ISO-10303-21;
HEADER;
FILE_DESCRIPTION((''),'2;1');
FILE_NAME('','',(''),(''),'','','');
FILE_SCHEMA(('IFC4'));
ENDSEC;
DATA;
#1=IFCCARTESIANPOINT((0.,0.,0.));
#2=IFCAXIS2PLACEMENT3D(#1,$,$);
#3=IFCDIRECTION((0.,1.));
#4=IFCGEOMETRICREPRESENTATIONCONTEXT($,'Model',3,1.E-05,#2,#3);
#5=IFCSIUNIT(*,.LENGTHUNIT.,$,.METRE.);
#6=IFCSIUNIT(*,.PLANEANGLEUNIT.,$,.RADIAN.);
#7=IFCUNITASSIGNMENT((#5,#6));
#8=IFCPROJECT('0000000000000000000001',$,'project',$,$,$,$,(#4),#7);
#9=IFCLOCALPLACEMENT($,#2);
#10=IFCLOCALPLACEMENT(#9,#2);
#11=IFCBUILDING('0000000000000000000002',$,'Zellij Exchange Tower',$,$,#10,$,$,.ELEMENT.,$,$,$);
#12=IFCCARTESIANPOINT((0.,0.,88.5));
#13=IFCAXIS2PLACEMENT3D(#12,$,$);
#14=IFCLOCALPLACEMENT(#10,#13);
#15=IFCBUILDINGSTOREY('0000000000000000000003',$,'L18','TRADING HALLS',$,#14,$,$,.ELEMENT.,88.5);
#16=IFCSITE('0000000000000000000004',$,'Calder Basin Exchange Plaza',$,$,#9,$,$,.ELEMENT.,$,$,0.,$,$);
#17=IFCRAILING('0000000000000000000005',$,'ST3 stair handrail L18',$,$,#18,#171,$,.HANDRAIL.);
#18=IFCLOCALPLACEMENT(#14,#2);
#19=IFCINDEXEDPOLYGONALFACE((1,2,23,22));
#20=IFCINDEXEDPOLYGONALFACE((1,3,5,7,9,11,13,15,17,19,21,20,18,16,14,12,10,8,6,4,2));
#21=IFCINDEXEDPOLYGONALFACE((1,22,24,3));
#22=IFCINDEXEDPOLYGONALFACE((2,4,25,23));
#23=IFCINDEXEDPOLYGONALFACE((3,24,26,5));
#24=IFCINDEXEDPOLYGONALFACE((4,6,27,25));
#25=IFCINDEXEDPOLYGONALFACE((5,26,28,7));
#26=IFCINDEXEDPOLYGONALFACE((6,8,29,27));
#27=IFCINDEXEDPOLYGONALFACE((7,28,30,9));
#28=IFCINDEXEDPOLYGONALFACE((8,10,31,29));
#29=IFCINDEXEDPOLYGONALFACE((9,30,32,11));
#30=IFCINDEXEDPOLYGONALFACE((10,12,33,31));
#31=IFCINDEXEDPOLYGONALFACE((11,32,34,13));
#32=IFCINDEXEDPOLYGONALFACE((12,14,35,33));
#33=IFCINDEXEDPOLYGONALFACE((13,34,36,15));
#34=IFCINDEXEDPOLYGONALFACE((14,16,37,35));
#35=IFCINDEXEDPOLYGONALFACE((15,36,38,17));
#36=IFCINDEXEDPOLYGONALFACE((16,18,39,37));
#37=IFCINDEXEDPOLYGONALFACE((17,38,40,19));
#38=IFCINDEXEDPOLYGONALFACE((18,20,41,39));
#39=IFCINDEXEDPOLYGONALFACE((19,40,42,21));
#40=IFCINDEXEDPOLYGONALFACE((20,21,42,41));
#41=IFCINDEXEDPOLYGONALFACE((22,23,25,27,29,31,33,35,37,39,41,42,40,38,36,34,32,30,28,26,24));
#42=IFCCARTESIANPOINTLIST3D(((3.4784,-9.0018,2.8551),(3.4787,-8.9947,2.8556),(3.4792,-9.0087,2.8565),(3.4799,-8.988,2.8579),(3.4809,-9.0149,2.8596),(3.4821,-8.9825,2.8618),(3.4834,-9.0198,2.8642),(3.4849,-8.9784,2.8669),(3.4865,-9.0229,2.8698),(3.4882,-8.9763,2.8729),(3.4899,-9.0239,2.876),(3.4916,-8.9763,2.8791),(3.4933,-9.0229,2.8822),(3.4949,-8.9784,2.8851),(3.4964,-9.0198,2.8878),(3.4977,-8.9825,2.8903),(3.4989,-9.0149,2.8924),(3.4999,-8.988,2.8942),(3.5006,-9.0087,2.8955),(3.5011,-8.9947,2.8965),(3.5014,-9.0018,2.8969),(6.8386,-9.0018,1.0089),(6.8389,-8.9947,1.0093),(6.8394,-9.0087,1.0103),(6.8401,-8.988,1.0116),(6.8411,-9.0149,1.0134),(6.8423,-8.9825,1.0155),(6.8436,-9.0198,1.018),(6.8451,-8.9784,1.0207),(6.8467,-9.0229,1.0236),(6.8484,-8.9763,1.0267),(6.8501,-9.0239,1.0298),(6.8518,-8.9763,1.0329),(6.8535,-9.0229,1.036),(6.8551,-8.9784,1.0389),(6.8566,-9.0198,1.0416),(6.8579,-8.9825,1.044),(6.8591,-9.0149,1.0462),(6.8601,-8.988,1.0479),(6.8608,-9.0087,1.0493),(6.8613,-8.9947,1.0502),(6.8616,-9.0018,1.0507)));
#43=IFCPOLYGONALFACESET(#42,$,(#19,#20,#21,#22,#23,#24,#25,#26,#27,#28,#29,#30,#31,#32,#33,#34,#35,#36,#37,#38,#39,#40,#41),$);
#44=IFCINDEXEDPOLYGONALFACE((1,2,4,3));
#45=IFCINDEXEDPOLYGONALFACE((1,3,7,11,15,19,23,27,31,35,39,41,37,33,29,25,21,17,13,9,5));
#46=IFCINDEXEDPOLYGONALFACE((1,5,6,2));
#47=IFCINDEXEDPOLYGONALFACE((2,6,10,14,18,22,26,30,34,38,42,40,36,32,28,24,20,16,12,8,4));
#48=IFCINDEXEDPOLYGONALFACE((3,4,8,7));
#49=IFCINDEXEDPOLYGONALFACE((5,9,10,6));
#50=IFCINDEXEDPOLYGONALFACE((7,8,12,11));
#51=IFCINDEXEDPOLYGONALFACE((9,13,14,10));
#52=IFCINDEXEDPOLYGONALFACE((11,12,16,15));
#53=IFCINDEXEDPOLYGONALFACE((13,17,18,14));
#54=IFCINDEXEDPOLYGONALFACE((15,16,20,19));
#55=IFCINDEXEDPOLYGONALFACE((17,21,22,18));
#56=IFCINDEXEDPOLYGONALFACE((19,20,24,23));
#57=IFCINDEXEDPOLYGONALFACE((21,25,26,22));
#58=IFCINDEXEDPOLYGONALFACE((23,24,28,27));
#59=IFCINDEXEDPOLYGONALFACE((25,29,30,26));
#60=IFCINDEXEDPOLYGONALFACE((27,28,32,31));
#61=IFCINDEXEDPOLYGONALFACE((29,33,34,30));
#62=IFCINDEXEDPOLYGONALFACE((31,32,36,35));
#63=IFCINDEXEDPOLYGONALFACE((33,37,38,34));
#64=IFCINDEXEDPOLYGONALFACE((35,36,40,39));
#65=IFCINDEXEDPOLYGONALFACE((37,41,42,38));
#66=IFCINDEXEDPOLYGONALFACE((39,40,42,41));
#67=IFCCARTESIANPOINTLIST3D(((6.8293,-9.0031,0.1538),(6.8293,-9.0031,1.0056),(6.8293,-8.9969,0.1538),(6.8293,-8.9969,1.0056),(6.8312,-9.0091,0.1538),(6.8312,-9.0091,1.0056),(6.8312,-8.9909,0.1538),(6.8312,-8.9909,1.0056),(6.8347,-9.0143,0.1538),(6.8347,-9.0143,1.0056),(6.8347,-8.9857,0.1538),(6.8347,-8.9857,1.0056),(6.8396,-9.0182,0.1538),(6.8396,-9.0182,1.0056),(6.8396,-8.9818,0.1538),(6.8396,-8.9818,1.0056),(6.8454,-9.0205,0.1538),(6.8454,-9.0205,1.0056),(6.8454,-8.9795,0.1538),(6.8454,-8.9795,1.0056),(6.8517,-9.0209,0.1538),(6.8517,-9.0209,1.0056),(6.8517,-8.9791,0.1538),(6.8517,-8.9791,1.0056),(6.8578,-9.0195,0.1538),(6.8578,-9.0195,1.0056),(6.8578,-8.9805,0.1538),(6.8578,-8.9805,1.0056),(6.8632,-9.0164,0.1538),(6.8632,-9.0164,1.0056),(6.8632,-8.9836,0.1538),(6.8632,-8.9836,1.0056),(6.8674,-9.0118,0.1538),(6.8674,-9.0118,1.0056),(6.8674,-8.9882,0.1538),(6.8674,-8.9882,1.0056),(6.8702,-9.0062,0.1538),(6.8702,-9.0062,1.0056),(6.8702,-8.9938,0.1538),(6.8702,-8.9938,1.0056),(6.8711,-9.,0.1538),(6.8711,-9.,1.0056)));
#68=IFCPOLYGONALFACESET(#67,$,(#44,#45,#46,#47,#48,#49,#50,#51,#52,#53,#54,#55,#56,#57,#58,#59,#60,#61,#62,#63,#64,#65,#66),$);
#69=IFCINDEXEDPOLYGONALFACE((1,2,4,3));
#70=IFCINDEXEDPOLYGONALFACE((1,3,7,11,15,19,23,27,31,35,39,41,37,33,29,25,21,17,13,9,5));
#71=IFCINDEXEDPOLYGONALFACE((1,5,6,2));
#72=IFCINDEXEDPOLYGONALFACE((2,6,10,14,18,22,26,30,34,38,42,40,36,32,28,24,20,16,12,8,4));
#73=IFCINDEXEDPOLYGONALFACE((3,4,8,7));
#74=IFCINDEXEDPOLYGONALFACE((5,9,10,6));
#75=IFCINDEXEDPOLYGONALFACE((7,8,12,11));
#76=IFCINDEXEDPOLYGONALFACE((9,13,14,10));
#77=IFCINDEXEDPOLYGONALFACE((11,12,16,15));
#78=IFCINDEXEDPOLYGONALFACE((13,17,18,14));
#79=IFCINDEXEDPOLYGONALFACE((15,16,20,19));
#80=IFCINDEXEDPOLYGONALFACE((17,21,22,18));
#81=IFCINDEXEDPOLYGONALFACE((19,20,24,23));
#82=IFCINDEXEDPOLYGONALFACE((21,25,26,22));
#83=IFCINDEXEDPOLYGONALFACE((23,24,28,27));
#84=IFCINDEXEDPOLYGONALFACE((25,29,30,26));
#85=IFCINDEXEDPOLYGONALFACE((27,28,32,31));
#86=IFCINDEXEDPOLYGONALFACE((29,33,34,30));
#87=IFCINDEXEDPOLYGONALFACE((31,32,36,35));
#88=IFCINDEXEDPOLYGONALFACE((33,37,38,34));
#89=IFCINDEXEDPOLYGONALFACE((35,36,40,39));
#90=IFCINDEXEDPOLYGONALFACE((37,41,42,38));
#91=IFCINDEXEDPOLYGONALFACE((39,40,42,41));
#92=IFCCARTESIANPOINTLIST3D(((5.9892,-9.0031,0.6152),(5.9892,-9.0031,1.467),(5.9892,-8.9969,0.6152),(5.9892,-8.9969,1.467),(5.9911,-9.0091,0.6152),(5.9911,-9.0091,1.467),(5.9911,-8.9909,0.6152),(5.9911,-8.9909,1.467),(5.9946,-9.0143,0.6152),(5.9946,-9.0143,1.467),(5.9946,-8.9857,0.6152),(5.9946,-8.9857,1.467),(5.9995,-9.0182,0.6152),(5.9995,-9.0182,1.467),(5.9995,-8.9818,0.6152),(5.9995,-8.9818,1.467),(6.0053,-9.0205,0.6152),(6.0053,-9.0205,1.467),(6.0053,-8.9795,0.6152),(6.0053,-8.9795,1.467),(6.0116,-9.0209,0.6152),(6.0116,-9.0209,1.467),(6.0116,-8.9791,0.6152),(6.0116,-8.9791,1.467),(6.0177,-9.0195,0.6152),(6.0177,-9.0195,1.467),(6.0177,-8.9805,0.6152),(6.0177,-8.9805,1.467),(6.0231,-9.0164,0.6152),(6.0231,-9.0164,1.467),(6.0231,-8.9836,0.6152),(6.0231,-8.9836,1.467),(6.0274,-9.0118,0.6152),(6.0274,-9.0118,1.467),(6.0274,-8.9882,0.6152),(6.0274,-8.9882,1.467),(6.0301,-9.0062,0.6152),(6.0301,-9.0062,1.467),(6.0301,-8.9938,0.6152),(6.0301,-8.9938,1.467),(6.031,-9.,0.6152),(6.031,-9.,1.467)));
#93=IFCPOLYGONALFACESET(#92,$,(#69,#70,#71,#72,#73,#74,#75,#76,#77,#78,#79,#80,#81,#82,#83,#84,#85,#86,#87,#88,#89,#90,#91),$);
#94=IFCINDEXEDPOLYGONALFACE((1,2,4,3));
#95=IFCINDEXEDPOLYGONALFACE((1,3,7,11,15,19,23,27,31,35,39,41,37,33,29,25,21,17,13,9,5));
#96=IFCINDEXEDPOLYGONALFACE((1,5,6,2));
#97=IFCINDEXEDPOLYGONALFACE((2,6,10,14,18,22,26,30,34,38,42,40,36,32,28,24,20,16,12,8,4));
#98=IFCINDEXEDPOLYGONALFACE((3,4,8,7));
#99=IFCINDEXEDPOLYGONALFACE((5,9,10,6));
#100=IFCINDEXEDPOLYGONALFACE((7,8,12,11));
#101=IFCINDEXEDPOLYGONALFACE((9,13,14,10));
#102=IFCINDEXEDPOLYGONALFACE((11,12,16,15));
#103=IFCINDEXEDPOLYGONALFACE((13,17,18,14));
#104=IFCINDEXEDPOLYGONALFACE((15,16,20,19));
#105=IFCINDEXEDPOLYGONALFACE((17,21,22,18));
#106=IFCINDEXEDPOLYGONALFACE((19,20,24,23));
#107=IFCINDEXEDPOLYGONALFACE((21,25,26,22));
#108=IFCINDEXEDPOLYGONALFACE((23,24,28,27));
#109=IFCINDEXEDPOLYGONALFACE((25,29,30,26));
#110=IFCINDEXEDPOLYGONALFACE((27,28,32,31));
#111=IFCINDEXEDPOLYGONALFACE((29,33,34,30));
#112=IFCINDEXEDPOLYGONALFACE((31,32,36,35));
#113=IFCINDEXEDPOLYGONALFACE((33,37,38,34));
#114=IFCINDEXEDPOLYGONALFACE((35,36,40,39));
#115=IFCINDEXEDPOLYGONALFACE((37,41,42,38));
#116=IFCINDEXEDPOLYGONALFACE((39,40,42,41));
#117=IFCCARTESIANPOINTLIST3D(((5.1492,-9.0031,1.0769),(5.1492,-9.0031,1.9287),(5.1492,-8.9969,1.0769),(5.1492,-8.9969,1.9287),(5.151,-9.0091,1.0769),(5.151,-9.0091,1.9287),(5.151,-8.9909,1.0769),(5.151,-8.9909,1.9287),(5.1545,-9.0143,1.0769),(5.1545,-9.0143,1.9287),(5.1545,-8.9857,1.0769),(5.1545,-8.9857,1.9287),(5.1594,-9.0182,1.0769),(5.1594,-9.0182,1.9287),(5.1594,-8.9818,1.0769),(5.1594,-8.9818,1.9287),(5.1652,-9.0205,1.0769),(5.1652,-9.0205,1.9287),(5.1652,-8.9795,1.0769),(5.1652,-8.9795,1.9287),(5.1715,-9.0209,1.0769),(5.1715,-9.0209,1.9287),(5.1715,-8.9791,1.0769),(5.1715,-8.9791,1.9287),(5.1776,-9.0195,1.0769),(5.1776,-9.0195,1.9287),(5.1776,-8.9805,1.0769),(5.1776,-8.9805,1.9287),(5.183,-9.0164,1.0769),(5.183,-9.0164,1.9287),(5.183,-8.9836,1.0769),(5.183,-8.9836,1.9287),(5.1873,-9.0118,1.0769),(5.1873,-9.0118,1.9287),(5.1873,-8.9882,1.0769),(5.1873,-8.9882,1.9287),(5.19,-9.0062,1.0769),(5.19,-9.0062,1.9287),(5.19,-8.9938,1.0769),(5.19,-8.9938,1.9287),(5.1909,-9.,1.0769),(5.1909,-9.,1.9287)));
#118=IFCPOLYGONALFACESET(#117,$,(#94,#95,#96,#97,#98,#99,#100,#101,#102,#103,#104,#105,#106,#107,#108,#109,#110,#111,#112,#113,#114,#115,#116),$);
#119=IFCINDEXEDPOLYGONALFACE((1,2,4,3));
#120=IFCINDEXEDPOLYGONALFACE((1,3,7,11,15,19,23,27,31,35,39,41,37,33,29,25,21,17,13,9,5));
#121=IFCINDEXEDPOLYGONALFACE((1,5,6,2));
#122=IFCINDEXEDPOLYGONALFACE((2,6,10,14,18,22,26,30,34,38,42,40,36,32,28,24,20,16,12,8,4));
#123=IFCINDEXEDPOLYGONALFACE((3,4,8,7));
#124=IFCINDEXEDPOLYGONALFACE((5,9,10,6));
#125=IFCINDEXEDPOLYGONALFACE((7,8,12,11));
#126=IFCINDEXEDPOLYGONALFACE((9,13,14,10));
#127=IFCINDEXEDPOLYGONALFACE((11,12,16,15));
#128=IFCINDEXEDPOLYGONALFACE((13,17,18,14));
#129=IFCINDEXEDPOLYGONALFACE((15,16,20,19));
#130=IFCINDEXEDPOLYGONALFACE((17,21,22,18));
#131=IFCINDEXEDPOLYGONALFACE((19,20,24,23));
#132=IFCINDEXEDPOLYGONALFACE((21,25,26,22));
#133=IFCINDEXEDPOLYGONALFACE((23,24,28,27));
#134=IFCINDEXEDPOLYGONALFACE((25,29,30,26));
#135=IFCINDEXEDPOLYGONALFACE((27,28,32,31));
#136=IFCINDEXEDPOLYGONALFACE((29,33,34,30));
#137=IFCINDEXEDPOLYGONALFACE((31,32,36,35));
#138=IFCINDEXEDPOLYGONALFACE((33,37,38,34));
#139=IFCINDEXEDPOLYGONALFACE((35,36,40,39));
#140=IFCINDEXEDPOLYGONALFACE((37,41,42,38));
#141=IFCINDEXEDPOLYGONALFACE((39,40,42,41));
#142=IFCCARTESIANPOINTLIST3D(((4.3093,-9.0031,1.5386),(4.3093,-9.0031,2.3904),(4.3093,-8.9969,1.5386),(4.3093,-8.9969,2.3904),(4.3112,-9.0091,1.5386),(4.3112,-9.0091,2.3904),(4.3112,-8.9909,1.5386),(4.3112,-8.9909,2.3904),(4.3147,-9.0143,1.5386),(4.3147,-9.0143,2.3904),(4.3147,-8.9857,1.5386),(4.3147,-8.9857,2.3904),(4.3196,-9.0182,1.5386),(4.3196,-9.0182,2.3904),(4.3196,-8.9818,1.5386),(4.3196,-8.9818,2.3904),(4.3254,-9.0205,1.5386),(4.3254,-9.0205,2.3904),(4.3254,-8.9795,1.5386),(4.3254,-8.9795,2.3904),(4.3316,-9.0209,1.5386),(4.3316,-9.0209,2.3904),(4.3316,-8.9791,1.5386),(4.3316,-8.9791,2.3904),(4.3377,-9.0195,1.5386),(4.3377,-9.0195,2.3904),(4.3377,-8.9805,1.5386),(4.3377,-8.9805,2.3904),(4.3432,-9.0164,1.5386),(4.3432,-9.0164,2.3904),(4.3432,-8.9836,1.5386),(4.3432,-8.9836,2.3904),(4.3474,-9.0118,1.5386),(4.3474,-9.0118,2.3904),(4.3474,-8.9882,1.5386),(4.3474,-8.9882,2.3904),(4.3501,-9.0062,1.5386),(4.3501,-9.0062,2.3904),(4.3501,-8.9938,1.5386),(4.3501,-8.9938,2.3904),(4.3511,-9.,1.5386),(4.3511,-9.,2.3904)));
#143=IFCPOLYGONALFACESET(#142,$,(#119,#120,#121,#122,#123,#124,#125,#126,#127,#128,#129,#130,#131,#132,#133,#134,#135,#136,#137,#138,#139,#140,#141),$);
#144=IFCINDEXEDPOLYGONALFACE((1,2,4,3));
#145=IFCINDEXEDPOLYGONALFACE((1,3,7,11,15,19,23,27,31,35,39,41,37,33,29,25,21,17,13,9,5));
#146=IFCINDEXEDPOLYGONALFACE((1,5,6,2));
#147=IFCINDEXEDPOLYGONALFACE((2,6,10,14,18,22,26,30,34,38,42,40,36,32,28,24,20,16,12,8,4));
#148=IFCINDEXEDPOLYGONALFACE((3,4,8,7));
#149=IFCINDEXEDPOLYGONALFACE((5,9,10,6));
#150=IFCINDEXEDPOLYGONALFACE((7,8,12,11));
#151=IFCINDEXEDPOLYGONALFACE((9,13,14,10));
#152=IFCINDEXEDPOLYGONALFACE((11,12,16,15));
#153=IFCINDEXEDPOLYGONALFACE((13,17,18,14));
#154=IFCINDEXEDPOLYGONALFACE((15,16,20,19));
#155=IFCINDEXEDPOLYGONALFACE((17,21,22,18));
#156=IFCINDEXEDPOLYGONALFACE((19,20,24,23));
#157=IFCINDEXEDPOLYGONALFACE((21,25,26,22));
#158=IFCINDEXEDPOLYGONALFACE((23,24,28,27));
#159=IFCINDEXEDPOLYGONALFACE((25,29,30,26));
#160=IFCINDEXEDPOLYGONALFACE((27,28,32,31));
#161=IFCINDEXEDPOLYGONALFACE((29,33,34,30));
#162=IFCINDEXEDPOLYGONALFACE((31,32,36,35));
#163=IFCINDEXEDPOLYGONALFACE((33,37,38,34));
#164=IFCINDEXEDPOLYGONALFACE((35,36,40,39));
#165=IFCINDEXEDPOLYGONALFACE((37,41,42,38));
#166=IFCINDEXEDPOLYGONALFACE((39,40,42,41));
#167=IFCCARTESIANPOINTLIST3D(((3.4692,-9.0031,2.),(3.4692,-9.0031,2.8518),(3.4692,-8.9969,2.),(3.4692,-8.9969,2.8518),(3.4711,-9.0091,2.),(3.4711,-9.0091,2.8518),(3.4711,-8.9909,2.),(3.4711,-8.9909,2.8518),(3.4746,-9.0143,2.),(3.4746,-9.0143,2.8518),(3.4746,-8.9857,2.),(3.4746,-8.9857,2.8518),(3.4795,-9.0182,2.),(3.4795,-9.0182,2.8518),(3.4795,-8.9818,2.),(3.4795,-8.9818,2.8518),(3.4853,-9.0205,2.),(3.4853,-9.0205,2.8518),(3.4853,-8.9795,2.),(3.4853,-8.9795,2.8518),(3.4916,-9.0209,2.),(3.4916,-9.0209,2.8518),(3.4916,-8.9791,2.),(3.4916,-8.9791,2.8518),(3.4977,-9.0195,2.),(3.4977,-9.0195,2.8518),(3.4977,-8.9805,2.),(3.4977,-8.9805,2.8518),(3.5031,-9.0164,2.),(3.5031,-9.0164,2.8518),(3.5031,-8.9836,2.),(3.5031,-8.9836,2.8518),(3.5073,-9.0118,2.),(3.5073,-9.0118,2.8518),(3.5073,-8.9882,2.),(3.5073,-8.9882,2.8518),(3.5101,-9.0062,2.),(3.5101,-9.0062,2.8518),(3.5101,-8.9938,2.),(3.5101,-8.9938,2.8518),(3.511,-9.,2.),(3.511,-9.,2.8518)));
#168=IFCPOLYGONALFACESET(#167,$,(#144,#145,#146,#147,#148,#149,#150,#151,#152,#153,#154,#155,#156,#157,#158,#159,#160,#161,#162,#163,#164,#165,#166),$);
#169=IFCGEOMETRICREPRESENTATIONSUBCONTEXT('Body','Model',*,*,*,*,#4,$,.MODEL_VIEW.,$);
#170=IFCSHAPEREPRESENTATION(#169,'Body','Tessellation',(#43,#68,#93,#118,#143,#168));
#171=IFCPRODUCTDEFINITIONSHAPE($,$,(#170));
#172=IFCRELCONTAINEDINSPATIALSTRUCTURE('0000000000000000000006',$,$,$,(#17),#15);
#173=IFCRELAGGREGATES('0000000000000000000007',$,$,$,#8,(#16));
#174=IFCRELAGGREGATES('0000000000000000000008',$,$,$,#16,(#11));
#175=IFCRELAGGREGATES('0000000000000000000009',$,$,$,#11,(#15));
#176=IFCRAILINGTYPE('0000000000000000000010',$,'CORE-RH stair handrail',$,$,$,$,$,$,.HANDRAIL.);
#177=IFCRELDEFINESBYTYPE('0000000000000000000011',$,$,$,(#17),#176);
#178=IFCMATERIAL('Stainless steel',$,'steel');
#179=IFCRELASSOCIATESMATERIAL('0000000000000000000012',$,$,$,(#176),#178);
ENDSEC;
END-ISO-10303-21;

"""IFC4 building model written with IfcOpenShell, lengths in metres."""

from ifc_helpers import new_model, si_unit, direction, frame, origin, origin_2d, place, context, subcontext, project, spatial, circle, extrude, material, type_object, element, save


model = new_model("IFC4")

# Units and contexts
model_context = context("Model", 3, precision=1e-05, world=origin(), true_north=direction((0.0, 1.0)))
body_context = subcontext(model_context, "Body", "Model", "MODEL_VIEW")
ifc_project = project(units=[si_unit("LENGTHUNIT", "METRE"), si_unit("PLANEANGLEUNIT", "RADIAN")], contexts=[model_context])

# Site, building, storey
site_placement = place(None, origin())
site = spatial("IfcSite", under=ifc_project, at=site_placement, Name="Calder Basin Exchange Plaza", CompositionType="ELEMENT", RefElevation=0.0)
building_placement = place(site_placement, origin())
building = spatial("IfcBuilding", under=site, at=building_placement, Name="Zellij Exchange Tower", CompositionType="ELEMENT")
storey_placement = place(building_placement, frame((0.0, 0.0, 88.5)))
storey = spatial("IfcBuildingStorey", under=building, at=storey_placement, Name="L18", Description="TRADING HALLS", CompositionType="ELEMENT", Elevation=88.5)

# Railing
ifc_material_1 = material(Name="Stainless steel", Category="steel")
railing_type_1 = type_object("IfcRailingType", Name="CORE-RH stair handrail", PredefinedType="HANDRAIL", material=ifc_material_1)
railing_1_placement = place(storey_placement, frame((6.8501, -9.0, 0.1538)))
element("IfcRailing", 1, at=railing_1_placement, inside=storey, type_object=railing_type_1, Name="ST3 stair handrail L18", PredefinedType="HANDRAIL", context=body_context, shape_type="SweptSolid", body=[
    extrude(circle(Radius=0.0239, at=origin_2d()), frame((0.0, 0.0, 0.876), z_axis=(-0.876422, 0.0, 0.481545), x_axis=(0.0, -1.0, 0.0)), (0.0, 0.0, 1.0), 3.834),
    extrude(circle(Radius=0.021, at=origin_2d()), origin(), (0.0, 0.0, 1.0), 0.8518),
    extrude(circle(Radius=0.021, at=origin_2d()), frame((-0.8401, 0.0, 0.4614)), (0.0, 0.0, 1.0), 0.8518),
    extrude(circle(Radius=0.021, at=origin_2d()), frame((-1.6802, 0.0, 0.9231)), (0.0, 0.0, 1.0), 0.8518),
    extrude(circle(Radius=0.021, at=origin_2d()), frame((-2.52, 0.0, 1.3848)), (0.0, 0.0, 1.0), 0.8518),
    extrude(circle(Radius=0.021, at=origin_2d()), frame((-3.3601, 0.0, 1.8462)), (0.0, 0.0, 1.0), 0.8518),
])

save(model, "model.ifc")
